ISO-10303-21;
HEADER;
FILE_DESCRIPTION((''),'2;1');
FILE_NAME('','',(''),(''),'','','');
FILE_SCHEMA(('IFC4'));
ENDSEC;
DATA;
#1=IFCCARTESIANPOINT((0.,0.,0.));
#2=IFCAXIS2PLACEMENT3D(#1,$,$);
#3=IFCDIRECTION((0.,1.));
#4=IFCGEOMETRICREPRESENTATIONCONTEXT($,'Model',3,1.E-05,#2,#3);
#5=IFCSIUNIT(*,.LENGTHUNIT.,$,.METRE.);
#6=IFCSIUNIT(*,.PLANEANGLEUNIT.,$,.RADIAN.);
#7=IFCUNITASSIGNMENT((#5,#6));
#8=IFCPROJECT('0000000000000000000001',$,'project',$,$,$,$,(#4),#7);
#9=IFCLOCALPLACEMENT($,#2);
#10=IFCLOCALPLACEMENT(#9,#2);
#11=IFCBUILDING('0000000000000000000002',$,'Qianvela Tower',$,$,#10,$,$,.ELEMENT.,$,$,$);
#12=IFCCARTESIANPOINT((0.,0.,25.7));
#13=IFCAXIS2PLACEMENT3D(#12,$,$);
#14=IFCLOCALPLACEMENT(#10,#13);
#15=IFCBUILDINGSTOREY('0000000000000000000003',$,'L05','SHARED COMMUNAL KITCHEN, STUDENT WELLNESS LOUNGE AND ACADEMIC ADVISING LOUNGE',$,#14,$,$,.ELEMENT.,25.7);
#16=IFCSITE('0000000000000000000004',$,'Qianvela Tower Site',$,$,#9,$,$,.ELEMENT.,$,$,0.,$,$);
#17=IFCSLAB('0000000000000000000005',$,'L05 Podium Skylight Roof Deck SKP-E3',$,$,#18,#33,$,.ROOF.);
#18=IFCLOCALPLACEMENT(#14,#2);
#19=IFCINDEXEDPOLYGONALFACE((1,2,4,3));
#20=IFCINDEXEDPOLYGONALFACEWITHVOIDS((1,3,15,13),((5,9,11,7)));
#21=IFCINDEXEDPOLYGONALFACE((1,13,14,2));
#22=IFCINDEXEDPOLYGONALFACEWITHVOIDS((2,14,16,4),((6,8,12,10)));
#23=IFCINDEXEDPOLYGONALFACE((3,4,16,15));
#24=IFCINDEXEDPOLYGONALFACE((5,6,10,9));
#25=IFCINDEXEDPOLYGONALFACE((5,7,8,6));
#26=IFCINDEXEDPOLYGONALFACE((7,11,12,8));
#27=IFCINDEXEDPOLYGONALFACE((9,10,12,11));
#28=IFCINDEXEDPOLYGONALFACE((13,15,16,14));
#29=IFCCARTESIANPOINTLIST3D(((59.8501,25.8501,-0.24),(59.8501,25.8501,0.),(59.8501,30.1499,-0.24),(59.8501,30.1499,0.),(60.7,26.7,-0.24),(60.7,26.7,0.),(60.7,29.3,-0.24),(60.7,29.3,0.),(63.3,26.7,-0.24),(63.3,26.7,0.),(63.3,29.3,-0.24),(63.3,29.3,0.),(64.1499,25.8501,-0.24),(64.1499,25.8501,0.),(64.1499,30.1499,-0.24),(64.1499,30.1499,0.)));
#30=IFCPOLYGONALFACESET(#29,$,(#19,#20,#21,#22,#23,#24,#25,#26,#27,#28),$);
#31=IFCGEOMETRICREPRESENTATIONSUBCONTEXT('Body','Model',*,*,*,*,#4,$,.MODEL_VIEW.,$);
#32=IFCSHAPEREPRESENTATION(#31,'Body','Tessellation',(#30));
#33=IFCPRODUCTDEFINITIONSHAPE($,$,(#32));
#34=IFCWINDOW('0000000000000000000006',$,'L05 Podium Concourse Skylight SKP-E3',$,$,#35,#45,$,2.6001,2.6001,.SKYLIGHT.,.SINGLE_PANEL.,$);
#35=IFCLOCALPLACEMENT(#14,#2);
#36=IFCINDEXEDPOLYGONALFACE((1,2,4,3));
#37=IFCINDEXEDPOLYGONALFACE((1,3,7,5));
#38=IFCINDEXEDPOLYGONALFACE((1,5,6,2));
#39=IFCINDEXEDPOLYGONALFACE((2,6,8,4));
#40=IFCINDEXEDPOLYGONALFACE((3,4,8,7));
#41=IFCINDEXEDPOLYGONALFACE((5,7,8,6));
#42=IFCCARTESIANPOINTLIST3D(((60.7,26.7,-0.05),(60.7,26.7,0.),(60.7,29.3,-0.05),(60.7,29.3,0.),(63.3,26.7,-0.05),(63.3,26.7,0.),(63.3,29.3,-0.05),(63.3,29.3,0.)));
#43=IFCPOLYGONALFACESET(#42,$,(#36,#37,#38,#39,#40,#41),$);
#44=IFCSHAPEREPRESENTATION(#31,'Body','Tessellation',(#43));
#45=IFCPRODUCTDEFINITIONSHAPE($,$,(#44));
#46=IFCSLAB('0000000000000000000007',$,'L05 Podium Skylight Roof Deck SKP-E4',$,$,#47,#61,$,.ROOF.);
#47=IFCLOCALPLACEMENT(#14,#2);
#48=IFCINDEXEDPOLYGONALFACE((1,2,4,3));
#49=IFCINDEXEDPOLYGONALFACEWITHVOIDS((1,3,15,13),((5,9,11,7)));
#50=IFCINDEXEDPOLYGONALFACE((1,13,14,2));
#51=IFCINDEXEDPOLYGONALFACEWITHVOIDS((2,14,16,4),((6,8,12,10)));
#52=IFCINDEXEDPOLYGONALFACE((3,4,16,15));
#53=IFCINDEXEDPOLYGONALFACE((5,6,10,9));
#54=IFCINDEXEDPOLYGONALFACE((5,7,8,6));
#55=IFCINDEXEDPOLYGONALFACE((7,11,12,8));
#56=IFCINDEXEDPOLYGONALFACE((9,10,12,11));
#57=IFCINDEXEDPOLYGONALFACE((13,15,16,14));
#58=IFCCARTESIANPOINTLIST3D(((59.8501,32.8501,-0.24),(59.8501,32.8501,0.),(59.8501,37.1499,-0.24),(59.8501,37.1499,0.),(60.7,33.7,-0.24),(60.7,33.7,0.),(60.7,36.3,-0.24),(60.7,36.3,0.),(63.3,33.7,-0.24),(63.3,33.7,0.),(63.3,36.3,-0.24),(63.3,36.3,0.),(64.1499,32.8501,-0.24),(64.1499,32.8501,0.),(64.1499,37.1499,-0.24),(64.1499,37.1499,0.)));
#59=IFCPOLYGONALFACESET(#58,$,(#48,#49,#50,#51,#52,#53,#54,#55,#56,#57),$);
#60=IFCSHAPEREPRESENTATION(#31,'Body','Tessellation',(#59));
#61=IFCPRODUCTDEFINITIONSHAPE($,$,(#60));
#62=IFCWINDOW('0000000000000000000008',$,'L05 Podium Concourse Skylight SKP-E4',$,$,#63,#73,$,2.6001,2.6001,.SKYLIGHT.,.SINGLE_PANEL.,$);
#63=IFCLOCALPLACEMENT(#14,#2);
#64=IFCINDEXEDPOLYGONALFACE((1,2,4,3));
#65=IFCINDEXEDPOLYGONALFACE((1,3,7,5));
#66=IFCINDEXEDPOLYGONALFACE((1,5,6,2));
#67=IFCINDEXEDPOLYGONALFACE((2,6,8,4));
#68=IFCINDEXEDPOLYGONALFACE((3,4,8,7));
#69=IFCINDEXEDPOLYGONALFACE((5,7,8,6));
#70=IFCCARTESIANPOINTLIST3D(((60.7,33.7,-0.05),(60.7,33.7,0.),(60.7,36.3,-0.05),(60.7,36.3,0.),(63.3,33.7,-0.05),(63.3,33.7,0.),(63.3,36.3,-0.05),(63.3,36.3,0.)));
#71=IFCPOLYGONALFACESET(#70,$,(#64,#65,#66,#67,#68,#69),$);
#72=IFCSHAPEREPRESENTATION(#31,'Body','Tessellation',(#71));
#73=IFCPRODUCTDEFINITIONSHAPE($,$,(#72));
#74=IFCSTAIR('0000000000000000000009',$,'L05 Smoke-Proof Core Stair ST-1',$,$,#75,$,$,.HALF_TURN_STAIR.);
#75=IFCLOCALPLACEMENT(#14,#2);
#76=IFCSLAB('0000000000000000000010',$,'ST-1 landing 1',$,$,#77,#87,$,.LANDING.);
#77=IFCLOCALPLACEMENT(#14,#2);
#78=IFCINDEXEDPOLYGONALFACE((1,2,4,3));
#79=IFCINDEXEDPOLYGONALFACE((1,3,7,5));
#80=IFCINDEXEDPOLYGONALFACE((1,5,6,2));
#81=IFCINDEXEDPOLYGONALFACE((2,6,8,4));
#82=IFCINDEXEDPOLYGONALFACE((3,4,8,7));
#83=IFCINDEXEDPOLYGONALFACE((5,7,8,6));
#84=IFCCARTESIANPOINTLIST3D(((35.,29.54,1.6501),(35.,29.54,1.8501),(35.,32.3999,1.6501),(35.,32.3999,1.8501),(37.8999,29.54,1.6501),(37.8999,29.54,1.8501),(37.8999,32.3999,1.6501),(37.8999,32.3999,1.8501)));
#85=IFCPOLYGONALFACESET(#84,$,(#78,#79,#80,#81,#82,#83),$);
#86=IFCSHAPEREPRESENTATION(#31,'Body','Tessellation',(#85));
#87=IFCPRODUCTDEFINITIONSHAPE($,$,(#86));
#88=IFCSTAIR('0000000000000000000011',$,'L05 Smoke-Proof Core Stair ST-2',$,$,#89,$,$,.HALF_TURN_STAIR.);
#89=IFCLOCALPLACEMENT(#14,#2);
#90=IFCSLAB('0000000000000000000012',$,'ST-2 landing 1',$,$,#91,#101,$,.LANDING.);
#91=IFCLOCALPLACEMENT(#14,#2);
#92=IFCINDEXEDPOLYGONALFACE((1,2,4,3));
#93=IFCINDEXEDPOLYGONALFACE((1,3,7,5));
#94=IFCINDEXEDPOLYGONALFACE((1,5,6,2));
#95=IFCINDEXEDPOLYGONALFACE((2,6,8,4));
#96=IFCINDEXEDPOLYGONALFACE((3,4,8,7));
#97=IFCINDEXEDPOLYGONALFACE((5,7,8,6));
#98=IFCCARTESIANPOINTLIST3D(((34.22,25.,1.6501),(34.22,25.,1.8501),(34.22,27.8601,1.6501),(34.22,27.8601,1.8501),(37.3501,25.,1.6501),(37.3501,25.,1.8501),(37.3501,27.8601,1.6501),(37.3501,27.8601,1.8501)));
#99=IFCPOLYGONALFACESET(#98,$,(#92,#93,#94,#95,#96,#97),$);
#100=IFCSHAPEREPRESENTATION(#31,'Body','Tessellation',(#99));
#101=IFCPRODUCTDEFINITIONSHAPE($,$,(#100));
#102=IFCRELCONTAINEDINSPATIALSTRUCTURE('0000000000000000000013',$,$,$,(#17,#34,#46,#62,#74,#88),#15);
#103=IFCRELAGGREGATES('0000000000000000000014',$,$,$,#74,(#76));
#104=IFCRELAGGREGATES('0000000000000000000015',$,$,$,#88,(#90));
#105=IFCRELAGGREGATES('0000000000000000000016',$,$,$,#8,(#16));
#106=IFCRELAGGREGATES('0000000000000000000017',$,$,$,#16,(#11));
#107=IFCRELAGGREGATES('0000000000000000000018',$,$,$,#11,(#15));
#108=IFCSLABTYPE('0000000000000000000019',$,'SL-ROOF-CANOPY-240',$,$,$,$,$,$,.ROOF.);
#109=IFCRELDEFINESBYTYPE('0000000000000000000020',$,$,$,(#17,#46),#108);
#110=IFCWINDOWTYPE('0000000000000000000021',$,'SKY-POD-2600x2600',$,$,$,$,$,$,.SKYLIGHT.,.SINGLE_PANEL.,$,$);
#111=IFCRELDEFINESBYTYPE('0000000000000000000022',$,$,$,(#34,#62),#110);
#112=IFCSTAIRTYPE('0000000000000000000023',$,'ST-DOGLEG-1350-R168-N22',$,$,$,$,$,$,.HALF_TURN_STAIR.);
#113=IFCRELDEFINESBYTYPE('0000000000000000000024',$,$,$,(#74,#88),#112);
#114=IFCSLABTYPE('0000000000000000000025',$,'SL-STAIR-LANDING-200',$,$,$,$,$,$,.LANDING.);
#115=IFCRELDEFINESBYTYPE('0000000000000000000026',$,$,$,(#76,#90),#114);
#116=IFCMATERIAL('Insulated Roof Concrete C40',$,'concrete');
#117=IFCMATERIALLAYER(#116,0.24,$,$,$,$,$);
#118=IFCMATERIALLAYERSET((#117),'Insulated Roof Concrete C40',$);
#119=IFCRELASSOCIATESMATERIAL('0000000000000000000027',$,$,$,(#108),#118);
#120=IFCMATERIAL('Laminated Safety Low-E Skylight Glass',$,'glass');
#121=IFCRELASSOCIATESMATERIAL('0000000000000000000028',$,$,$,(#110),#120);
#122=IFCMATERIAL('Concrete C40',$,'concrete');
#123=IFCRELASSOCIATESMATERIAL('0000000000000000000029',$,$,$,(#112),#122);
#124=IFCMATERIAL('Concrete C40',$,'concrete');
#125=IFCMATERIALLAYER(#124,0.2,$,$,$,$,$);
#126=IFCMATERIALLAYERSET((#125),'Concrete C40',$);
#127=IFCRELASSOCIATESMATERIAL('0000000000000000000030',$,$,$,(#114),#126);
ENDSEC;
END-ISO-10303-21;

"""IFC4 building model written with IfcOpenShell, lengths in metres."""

from ifc_helpers import new_model, si_unit, direction, frame, origin, origin_2d, place, context, subcontext, project, spatial, polyline, rectangle, outline, extrude, material, layer, layer_set, type_object, element, fill, aggregate, save


model = new_model("IFC4")

# Units and contexts
model_context = context("Model", 3, precision=1e-05, world=origin(), true_north=direction((0.0, 1.0)))
body_context = subcontext(model_context, "Body", "Model", "MODEL_VIEW")
ifc_project = project(units=[si_unit("LENGTHUNIT", "METRE"), si_unit("PLANEANGLEUNIT", "RADIAN")], contexts=[model_context])

# Site, building, storey
site_placement = place(None, origin())
site = spatial("IfcSite", under=ifc_project, at=site_placement, Name="Qianvela Tower Site", CompositionType="ELEMENT", RefElevation=0.0)
building_placement = place(site_placement, origin())
building = spatial("IfcBuilding", under=site, at=building_placement, Name="Qianvela Tower", CompositionType="ELEMENT")
storey_placement = place(building_placement, frame((0.0, 0.0, 25.7)))
storey = spatial("IfcBuildingStorey", under=building, at=storey_placement, Name="L05", Description="SHARED COMMUNAL KITCHEN, STUDENT WELLNESS LOUNGE AND ACADEMIC ADVISING LOUNGE", CompositionType="ELEMENT", Elevation=25.7)

# Slabs, openings, windows
ifc_material_1 = material(Name="Insulated Roof Concrete C40", Category="concrete")
ifc_layer_1 = layer(ifc_material_1, 0.24)
ifc_layer_set_1 = layer_set([ifc_layer_1], Name="Insulated Roof Concrete C40")
slab_type_1 = type_object("IfcSlabType", Name="SL-ROOF-CANOPY-240", PredefinedType="ROOF", material=ifc_layer_set_1)
ifc_material_2 = material(Name="Laminated Safety Low-E Skylight Glass", Category="glass")
window_type_1 = type_object("IfcWindowType", Name="SKY-POD-2600x2600", PartitioningType="SINGLE_PANEL", PredefinedType="SKYLIGHT", material=ifc_material_2)
slab_1_placement = place(storey_placement, frame((0.0, 0.0, -0.24)))
slab_1 = element("IfcSlab", 1, at=slab_1_placement, inside=storey, type_object=slab_type_1, Name="L05 Podium Skylight Roof Deck SKP-E3", PredefinedType="ROOF", context=body_context, shape_type="SweptSolid", body=[
    extrude(outline(polyline([(59.8501, 25.8501), (64.1499, 25.8501), (64.1499, 30.1499), (59.8501, 30.1499), (59.8501, 25.8501)])), origin(), (0.0, 0.0, 1.0), 0.24),
])
opening_1_placement = place(slab_1_placement, frame((62.0, 28.0, 0.0)))
opening_1 = element("IfcOpeningElement", 2, at=opening_1_placement, cuts=slab_1, PredefinedType="OPENING", context=body_context, shape_type="SweptSolid", body=[
    extrude(rectangle(XDim=2.6001, YDim=2.6001, at=origin_2d()), origin(), (0.0, 0.0, 1.0), 0.24),
])
window_1_placement = place(opening_1_placement, frame((0.0, 0.0, 0.1899)))
window_1 = element("IfcWindow", 3, at=window_1_placement, inside=storey, type_object=window_type_1, Name="L05 Podium Concourse Skylight SKP-E3", OverallHeight=2.6001, OverallWidth=2.6001, PartitioningType="SINGLE_PANEL", PredefinedType="SKYLIGHT", context=body_context, shape_type="SweptSolid", body=[
    extrude(rectangle(XDim=2.6001, YDim=2.6001, at=origin_2d()), origin(), (0.0, 0.0, 1.0), 0.05),
])
fill(opening_1, window_1)
slab_2_placement = place(storey_placement, frame((0.0, 0.0, -0.24)))
slab_2 = element("IfcSlab", 4, at=slab_2_placement, inside=storey, type_object=slab_type_1, Name="L05 Podium Skylight Roof Deck SKP-E4", PredefinedType="ROOF", context=body_context, shape_type="SweptSolid", body=[
    extrude(outline(polyline([(59.8501, 32.8501), (64.1499, 32.8501), (64.1499, 37.1499), (59.8501, 37.1499), (59.8501, 32.8501)])), origin(), (0.0, 0.0, 1.0), 0.24),
])
opening_2_placement = place(slab_2_placement, frame((62.0, 35.0, 0.0)))
opening_2 = element("IfcOpeningElement", 5, at=opening_2_placement, cuts=slab_2, PredefinedType="OPENING", context=body_context, shape_type="SweptSolid", body=[
    extrude(rectangle(XDim=2.6001, YDim=2.6001, at=origin_2d()), origin(), (0.0, 0.0, 1.0), 0.24),
])
window_2_placement = place(opening_2_placement, frame((0.0, 0.0, 0.1899)))
window_2 = element("IfcWindow", 6, at=window_2_placement, inside=storey, type_object=window_type_1, Name="L05 Podium Concourse Skylight SKP-E4", OverallHeight=2.6001, OverallWidth=2.6001, PartitioningType="SINGLE_PANEL", PredefinedType="SKYLIGHT", context=body_context, shape_type="SweptSolid", body=[
    extrude(rectangle(XDim=2.6001, YDim=2.6001, at=origin_2d()), origin(), (0.0, 0.0, 1.0), 0.05),
])
fill(opening_2, window_2)

# Stairs, slabs
ifc_material_3 = material(Name="Concrete C40", Category="concrete")
stair_type = type_object("IfcStairType", Name="ST-DOGLEG-1350-R168-N22", PredefinedType="HALF_TURN_STAIR", material=ifc_material_3)
stair_1_placement = place(storey_placement, origin())
stair_1 = element("IfcStair", 7, at=stair_1_placement, inside=storey, type_object=stair_type, Name="L05 Smoke-Proof Core Stair ST-1", PredefinedType="HALF_TURN_STAIR")
ifc_material_4 = material(Name="Concrete C40", Category="concrete")
ifc_layer_2 = layer(ifc_material_4, 0.2)
ifc_layer_set_2 = layer_set([ifc_layer_2], Name="Concrete C40")
slab_type_2 = type_object("IfcSlabType", Name="SL-STAIR-LANDING-200", PredefinedType="LANDING", material=ifc_layer_set_2)
slab_3_placement = place(storey_placement, frame((0.0, 0.0, 1.6501)))
slab_3 = element("IfcSlab", 8, at=slab_3_placement, type_object=slab_type_2, Name="ST-1 landing 1", PredefinedType="LANDING", context=body_context, shape_type="SweptSolid", body=[
    extrude(outline(polyline([(35.0, 29.54), (37.8999, 29.54), (37.8999, 32.3999), (35.0, 32.3999), (35.0, 29.54)])), origin(), (0.0, 0.0, 1.0), 0.2),
])
aggregate(stair_1, [slab_3])
stair_2_placement = place(storey_placement, origin())
stair_2 = element("IfcStair", 9, at=stair_2_placement, inside=storey, type_object=stair_type, Name="L05 Smoke-Proof Core Stair ST-2", PredefinedType="HALF_TURN_STAIR")
slab_4_placement = place(storey_placement, frame((0.0, 0.0, 1.6501)))
slab_4 = element("IfcSlab", 10, at=slab_4_placement, type_object=slab_type_2, Name="ST-2 landing 1", PredefinedType="LANDING", context=body_context, shape_type="SweptSolid", body=[
    extrude(outline(polyline([(34.22, 25.0), (37.3501, 25.0), (37.3501, 27.8601), (34.22, 27.8601), (34.22, 25.0)])), origin(), (0.0, 0.0, 1.0), 0.2),
])
aggregate(stair_2, [slab_4])

save(model, "model.ifc")
